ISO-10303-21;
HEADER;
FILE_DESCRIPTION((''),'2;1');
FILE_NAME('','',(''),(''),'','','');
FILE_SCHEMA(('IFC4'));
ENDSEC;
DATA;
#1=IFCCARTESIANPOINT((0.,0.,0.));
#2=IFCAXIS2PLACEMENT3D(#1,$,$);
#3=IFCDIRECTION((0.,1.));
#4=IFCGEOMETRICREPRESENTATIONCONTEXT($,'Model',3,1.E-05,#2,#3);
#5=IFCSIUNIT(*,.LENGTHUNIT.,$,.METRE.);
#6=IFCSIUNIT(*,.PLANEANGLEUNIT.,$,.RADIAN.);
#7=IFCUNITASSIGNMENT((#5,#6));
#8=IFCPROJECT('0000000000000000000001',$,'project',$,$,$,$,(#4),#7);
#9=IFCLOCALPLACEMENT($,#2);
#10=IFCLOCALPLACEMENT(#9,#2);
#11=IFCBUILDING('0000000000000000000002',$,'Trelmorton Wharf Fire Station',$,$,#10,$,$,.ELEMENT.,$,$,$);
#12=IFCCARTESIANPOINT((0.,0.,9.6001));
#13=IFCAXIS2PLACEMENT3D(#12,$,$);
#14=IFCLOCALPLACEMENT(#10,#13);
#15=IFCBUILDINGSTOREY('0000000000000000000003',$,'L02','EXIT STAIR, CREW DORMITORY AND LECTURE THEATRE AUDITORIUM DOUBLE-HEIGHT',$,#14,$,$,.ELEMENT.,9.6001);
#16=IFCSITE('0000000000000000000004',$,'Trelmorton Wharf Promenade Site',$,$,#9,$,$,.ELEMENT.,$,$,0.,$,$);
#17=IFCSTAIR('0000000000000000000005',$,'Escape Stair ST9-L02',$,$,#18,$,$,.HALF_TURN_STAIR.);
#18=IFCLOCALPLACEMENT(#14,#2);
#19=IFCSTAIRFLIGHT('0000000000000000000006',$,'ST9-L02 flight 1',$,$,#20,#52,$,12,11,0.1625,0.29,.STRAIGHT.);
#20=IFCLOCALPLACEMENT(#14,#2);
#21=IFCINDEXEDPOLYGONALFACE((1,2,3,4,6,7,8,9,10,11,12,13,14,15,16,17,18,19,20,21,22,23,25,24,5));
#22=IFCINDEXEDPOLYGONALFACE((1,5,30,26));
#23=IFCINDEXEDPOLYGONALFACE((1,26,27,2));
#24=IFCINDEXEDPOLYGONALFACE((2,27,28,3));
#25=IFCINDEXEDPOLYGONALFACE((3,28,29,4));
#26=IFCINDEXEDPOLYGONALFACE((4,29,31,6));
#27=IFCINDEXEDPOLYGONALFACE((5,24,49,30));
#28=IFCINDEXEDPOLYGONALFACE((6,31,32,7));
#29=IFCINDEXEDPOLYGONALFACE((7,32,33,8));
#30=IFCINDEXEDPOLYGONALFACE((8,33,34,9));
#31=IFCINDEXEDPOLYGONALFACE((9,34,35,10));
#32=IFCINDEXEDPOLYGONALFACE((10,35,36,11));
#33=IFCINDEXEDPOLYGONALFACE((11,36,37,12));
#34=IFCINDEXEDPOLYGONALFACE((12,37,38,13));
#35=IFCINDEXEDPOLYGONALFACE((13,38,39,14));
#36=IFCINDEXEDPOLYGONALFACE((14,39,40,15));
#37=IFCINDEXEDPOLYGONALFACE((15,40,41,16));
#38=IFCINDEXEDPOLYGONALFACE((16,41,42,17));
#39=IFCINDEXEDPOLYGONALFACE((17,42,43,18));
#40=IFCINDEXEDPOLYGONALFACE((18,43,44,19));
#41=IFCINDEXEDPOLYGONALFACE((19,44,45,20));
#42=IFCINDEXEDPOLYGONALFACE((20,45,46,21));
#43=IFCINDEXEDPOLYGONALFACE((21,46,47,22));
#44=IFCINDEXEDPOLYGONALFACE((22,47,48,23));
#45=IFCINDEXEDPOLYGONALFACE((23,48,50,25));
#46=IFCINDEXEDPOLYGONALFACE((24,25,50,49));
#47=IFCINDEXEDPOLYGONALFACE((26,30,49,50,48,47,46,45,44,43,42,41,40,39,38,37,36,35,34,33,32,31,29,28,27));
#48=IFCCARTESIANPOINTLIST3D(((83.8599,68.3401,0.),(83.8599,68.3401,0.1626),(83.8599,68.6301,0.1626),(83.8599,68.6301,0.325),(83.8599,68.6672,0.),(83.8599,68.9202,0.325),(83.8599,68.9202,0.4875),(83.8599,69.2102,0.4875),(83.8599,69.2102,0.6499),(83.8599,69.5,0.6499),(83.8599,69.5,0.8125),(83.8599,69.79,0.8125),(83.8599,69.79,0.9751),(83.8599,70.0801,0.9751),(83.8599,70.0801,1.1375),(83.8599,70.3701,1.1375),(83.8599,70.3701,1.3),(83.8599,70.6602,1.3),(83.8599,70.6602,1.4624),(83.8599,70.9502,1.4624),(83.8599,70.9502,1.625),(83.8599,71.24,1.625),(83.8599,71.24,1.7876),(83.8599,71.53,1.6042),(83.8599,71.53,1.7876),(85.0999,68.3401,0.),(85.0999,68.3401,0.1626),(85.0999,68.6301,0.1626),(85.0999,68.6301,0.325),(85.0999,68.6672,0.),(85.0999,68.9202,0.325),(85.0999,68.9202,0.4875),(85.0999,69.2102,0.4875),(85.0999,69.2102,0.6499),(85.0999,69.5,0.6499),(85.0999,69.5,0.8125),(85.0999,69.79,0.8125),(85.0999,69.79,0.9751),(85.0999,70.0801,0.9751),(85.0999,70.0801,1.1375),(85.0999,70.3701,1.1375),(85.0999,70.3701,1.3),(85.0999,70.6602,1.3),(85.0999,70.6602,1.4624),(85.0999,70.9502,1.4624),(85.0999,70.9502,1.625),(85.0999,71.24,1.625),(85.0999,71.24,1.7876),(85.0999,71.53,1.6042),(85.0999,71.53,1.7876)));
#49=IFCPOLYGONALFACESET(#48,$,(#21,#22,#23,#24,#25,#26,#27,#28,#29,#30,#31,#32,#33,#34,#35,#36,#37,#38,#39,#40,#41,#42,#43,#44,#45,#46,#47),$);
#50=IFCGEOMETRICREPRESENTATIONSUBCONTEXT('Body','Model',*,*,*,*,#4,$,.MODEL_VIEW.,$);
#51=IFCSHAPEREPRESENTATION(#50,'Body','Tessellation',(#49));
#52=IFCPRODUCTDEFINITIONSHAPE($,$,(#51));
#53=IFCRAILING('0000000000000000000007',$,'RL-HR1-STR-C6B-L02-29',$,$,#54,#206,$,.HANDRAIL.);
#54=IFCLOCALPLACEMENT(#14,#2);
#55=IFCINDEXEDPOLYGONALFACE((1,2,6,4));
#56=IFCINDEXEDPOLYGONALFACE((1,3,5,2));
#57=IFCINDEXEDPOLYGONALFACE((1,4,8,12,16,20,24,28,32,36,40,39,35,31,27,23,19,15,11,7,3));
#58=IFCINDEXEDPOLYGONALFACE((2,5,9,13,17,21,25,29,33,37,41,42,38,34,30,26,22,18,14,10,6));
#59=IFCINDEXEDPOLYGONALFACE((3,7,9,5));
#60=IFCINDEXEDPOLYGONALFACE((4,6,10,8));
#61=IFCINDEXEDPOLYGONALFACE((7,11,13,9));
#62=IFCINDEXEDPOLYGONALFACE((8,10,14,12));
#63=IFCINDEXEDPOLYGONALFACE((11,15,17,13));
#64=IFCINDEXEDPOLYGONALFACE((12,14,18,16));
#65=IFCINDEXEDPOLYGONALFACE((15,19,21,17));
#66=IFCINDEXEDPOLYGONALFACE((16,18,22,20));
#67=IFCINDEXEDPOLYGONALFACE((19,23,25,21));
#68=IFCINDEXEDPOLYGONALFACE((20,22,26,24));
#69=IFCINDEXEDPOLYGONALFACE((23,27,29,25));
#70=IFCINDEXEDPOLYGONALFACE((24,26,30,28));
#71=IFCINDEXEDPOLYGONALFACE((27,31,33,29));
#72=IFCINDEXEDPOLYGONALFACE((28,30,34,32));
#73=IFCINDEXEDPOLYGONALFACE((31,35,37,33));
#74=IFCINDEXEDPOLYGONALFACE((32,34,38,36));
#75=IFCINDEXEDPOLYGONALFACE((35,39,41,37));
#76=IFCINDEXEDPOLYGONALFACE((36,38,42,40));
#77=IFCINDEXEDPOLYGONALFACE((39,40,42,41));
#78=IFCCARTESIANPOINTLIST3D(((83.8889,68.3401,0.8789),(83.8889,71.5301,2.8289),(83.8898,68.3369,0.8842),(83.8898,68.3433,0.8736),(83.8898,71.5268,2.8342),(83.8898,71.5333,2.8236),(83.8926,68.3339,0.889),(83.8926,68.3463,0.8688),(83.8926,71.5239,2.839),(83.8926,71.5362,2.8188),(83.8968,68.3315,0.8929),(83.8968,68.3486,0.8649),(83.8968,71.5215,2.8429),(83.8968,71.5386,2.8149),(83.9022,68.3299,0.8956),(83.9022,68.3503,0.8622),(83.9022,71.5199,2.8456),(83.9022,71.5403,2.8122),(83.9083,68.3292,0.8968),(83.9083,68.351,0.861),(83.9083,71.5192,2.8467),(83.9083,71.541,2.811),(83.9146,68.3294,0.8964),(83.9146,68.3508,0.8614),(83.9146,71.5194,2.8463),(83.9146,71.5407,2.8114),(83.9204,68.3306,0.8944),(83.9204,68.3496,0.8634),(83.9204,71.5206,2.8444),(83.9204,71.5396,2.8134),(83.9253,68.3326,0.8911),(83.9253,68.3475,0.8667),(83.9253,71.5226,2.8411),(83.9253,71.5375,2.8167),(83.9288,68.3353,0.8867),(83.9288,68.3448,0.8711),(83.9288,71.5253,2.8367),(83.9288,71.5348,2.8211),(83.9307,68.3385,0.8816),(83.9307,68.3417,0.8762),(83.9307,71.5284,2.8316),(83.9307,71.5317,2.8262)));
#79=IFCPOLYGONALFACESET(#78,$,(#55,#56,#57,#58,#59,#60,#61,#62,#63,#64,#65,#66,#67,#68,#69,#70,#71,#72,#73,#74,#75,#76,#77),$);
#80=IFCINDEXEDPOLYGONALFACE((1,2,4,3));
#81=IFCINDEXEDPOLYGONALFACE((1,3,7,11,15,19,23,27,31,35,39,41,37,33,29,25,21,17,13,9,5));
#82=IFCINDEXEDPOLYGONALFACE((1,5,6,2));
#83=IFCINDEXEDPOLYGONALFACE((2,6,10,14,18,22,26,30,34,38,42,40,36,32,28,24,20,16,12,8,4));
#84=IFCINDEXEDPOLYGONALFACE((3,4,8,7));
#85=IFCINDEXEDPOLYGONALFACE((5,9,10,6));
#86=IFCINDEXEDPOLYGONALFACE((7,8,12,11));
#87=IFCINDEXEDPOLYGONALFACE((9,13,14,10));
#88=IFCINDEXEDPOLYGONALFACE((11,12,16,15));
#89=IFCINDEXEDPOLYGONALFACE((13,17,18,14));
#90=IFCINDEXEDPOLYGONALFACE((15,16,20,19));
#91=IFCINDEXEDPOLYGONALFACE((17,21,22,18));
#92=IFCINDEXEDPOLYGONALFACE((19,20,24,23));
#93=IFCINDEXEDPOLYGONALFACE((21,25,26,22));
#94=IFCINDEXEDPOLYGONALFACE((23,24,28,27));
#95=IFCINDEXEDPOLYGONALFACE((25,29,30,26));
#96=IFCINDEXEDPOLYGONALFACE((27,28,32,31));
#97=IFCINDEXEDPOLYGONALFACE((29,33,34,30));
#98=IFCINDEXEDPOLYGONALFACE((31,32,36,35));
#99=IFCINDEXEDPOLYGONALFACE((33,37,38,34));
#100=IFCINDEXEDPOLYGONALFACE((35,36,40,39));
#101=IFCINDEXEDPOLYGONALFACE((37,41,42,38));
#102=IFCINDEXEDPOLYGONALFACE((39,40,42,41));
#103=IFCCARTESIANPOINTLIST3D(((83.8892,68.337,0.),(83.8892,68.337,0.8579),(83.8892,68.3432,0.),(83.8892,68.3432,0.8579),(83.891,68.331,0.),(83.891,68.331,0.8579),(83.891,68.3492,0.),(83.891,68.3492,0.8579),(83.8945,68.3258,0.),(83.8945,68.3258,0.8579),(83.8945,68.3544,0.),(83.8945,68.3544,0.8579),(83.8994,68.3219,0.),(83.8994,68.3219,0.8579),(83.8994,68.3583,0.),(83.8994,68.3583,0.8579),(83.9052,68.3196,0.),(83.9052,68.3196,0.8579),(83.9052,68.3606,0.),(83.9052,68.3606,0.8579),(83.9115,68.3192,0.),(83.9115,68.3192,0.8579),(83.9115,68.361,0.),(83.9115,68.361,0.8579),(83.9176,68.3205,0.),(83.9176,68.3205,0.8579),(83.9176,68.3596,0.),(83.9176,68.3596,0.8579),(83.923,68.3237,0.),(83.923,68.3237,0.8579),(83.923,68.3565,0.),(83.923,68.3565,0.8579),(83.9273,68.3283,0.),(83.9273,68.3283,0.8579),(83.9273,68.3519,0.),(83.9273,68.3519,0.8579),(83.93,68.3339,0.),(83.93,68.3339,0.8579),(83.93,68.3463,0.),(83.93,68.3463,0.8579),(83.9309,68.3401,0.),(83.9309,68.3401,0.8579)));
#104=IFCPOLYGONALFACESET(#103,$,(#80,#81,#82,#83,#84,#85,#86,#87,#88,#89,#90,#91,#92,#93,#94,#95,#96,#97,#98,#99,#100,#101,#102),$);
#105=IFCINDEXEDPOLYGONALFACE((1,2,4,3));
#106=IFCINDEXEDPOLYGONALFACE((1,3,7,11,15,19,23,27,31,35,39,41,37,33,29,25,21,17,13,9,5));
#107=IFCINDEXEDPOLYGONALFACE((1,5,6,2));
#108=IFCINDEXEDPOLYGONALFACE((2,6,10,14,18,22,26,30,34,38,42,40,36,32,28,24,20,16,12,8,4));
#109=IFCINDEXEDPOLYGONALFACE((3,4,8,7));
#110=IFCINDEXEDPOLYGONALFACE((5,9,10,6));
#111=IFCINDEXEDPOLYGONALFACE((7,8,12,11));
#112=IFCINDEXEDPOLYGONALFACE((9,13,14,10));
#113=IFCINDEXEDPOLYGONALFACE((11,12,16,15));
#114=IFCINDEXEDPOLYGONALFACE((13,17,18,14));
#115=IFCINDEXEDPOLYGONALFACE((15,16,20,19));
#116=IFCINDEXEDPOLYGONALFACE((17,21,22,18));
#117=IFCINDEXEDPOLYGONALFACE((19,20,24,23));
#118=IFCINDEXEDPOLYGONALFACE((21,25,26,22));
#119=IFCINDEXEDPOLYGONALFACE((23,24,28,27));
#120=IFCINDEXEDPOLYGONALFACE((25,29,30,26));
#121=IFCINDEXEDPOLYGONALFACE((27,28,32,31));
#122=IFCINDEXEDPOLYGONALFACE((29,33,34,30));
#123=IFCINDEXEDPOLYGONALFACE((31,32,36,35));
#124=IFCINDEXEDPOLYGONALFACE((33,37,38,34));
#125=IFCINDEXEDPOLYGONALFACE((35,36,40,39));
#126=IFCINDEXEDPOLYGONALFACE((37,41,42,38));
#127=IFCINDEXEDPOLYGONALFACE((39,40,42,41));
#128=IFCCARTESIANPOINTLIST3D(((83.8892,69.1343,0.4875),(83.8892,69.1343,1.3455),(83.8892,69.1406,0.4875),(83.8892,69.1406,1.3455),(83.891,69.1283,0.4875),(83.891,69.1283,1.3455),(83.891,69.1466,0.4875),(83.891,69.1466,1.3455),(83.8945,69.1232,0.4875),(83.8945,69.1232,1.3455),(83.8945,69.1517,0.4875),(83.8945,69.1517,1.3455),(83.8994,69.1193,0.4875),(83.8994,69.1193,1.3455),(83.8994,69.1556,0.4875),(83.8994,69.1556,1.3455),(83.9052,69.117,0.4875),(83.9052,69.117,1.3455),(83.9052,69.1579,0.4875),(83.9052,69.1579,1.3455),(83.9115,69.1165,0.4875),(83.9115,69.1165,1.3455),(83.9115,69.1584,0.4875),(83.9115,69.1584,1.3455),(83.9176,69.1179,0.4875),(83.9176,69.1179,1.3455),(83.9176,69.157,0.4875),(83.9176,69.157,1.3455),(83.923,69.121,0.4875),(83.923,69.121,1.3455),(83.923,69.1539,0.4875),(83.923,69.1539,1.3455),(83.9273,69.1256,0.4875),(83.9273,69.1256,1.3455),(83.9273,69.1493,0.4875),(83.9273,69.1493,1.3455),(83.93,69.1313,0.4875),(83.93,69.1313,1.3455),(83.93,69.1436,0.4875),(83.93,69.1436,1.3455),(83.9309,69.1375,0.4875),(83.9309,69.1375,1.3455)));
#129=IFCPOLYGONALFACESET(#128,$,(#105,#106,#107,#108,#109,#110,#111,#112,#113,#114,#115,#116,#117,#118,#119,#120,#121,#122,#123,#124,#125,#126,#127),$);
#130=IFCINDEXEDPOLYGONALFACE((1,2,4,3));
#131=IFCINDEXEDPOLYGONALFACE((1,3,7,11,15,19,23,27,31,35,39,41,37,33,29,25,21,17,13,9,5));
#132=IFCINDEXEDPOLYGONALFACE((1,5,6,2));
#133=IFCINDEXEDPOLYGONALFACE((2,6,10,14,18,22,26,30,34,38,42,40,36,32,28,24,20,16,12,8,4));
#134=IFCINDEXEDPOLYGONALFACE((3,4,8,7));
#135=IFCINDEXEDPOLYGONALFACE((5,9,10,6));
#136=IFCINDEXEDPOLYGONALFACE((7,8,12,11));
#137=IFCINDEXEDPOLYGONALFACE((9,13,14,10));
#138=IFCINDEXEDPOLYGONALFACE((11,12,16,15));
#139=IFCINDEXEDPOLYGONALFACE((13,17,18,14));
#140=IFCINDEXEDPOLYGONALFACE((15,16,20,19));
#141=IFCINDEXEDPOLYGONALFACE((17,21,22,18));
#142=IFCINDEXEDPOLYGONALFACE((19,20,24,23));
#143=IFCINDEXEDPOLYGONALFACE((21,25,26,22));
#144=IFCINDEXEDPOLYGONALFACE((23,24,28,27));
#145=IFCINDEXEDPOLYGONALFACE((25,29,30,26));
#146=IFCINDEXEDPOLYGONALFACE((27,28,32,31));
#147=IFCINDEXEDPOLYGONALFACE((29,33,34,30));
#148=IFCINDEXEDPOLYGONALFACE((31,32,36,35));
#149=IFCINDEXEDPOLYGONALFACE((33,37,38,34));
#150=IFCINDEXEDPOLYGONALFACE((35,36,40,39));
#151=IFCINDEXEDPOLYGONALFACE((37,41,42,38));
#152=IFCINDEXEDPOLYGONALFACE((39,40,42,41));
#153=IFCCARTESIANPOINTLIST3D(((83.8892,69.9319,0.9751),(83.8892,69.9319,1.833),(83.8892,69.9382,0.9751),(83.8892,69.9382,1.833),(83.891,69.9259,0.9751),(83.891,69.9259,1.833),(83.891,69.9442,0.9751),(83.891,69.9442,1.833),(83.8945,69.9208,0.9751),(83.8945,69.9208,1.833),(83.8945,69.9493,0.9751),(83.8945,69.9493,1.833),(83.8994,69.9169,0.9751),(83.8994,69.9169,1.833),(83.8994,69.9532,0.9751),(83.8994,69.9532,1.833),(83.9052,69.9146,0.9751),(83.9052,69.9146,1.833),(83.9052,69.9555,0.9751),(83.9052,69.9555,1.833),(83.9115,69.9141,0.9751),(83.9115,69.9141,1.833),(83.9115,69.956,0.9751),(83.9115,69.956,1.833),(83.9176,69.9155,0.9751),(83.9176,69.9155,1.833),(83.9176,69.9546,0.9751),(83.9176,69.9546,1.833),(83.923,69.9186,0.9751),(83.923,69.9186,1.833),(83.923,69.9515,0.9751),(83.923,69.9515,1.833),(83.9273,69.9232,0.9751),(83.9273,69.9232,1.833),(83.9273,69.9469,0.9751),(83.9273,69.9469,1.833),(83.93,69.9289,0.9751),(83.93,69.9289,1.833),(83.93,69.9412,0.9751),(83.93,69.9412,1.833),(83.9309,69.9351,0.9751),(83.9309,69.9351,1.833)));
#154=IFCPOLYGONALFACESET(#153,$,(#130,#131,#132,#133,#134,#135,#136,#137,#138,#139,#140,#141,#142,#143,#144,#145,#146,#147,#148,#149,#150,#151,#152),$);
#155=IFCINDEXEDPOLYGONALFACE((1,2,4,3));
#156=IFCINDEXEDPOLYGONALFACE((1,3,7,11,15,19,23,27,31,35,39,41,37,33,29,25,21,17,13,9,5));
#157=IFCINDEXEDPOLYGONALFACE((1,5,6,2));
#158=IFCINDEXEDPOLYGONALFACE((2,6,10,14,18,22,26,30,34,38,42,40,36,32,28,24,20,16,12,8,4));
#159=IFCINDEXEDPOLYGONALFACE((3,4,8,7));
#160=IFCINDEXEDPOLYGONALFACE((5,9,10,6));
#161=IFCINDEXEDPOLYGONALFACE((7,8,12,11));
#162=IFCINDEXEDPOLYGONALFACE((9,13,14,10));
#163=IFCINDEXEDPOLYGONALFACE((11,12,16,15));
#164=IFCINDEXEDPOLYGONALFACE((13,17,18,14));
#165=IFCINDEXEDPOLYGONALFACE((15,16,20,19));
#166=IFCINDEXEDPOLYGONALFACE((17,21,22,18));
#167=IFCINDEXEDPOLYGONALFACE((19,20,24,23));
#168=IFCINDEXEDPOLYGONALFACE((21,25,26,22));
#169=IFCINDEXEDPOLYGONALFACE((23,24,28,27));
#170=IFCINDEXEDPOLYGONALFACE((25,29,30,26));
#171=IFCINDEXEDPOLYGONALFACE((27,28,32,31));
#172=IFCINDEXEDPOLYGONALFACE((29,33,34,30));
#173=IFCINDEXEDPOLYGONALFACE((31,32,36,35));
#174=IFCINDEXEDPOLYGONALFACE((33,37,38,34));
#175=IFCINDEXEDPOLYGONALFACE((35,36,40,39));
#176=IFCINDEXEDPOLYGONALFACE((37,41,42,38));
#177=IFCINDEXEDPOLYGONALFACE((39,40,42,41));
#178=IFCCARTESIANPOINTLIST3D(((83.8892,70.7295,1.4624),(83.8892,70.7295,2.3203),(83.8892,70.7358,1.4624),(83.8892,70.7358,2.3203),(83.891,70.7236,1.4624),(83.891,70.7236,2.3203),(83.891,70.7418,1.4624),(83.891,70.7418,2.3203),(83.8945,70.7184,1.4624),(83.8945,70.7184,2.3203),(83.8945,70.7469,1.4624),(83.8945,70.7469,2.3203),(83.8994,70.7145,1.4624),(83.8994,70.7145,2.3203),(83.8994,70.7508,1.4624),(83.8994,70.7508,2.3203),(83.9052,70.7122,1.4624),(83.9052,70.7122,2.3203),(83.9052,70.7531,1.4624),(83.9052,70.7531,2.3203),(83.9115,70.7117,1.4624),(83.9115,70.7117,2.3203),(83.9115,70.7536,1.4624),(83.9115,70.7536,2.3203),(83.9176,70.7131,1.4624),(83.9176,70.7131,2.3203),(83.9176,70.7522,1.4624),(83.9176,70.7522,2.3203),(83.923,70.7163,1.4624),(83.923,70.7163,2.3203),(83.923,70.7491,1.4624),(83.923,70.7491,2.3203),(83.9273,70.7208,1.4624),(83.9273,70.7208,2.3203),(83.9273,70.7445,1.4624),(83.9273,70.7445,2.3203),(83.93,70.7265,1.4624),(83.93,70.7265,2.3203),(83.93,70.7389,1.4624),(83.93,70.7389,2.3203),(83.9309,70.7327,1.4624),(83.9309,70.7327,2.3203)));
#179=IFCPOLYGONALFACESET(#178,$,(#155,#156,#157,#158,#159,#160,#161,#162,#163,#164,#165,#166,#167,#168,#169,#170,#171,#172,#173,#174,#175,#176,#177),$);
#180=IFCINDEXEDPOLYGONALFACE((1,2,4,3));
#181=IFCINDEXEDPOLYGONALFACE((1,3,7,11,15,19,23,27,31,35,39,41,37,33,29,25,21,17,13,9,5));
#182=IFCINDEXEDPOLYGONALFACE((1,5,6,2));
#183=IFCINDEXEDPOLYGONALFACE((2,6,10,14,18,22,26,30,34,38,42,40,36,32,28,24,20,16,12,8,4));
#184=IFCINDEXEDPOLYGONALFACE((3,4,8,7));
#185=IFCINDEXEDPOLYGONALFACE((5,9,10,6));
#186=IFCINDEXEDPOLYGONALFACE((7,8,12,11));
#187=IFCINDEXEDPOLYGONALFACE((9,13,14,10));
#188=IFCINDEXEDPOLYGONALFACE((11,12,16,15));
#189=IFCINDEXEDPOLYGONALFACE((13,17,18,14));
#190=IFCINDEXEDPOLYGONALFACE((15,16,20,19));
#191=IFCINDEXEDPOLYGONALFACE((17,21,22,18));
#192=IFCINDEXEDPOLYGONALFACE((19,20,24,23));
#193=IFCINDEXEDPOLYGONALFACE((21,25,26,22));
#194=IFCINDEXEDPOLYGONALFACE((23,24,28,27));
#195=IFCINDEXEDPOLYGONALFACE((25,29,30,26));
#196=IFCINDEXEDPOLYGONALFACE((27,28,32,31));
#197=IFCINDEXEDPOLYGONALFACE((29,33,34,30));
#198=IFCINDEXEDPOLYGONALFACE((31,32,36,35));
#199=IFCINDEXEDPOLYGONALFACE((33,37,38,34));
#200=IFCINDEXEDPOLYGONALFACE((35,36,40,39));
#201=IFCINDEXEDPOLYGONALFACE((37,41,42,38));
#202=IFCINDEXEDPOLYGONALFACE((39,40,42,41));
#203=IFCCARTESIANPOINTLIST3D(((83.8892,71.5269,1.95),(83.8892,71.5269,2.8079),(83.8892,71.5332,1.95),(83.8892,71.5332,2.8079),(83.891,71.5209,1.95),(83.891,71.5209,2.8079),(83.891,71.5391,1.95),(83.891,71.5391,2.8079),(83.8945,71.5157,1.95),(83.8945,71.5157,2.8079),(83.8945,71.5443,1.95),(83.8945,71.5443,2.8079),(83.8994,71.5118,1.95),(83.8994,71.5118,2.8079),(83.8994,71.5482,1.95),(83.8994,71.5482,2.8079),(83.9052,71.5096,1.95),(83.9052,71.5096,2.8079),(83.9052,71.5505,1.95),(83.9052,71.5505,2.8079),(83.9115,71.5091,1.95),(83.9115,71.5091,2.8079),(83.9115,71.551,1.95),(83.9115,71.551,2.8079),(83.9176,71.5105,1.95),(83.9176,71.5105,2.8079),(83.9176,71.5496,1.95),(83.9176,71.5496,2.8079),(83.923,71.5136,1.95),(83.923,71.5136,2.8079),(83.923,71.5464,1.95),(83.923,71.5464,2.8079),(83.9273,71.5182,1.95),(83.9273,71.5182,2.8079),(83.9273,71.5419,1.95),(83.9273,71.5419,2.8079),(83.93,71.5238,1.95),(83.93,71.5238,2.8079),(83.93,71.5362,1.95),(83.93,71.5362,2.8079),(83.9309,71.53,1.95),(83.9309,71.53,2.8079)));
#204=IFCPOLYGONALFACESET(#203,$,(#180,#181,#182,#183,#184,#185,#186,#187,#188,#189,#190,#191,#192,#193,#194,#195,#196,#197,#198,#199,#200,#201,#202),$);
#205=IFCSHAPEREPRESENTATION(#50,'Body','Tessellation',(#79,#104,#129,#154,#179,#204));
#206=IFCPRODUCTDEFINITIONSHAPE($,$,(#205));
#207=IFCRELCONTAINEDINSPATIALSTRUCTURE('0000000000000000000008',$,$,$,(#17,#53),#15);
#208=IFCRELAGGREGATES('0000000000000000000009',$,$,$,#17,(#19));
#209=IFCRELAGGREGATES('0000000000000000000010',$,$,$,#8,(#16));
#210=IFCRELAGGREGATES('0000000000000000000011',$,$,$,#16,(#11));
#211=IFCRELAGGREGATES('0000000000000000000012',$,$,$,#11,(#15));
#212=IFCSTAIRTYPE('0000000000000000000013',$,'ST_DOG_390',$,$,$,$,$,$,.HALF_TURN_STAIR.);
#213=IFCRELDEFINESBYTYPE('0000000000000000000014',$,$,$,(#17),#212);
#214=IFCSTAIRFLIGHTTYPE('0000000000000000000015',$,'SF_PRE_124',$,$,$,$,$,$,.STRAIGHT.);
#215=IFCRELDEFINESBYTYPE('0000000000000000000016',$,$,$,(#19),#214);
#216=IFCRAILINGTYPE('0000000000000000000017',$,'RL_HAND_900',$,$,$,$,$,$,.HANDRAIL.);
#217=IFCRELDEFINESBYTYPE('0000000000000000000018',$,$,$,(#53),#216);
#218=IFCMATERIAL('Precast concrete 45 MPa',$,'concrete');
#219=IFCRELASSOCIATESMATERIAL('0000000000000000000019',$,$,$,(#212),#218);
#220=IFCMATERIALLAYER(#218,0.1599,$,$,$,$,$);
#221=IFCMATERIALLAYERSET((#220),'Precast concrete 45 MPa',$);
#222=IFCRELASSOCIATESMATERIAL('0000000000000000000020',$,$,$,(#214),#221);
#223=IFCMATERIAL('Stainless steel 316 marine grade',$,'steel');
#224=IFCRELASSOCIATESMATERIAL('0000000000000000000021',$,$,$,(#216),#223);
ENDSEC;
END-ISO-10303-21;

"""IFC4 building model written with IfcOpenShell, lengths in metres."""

from ifc_helpers import new_model, si_unit, direction, frame, origin, origin_2d, place, context, subcontext, project, spatial, polyline, circle, outline, extrude, material, layer, layer_set, type_object, element, aggregate, save


model = new_model("IFC4")

# Units and contexts
model_context = context("Model", 3, precision=1e-05, world=origin(), true_north=direction((0.0, 1.0)))
body_context = subcontext(model_context, "Body", "Model", "MODEL_VIEW")
ifc_project = project(units=[si_unit("LENGTHUNIT", "METRE"), si_unit("PLANEANGLEUNIT", "RADIAN")], contexts=[model_context])

# Site, building, storey
site_placement = place(None, origin())
site = spatial("IfcSite", under=ifc_project, at=site_placement, Name="Trelmorton Wharf Promenade Site", CompositionType="ELEMENT", RefElevation=0.0)
building_placement = place(site_placement, origin())
building = spatial("IfcBuilding", under=site, at=building_placement, Name="Trelmorton Wharf Fire Station", CompositionType="ELEMENT")
storey_placement = place(building_placement, frame((0.0, 0.0, 9.6001)))
storey = spatial("IfcBuildingStorey", under=building, at=storey_placement, Name="L02", Description="EXIT STAIR, CREW DORMITORY AND LECTURE THEATRE AUDITORIUM DOUBLE-HEIGHT", CompositionType="ELEMENT", Elevation=9.6001)

# Shared definitions
ifc_material_1 = material(Name="Precast concrete 45 MPa", Category="concrete")

# Stair, stair flight
stair_type = type_object("IfcStairType", Name="ST_DOG_390", PredefinedType="HALF_TURN_STAIR", material=ifc_material_1)
stair_placement = place(storey_placement, origin())
stair = element("IfcStair", 1, at=stair_placement, inside=storey, type_object=stair_type, Name="Escape Stair ST9-L02", PredefinedType="HALF_TURN_STAIR")
ifc_layer_1 = layer(ifc_material_1, 0.1599)
ifc_layer_set_1 = layer_set([ifc_layer_1], Name="Precast concrete 45 MPa")
stair_flight_type = type_object("IfcStairFlightType", Name="SF_PRE_124", PredefinedType="STRAIGHT", material=ifc_layer_set_1)
stair_flight_placement = place(storey_placement, frame((84.48, 68.3401, 0.0), z_axis=(0.0, 0.0, 1.0), x_axis=(0.0, 1.0, 0.0)))
stair_flight = element("IfcStairFlight", 2, at=stair_flight_placement, type_object=stair_flight_type, Name="ST9-L02 flight 1", NumberOfRisers=12, NumberOfTreads=11, PredefinedType="STRAIGHT", RiserHeight=0.1625, TreadLength=0.29, context=body_context, shape_type="SweptSolid", body=[
    extrude(outline(polyline([(0.0, 0.0), (0.0, 0.1626), (0.29, 0.1626), (0.29, 0.325), (0.5801, 0.325), (0.5801, 0.4875), (0.8701, 0.4875), (0.8701, 0.6499), (1.1599, 0.6499), (1.1599, 0.8125), (1.45, 0.8125), (1.45, 0.9751), (1.74, 0.9751), (1.74, 1.1375), (2.03, 1.1375), (2.03, 1.3), (2.3201, 1.3), (2.3201, 1.4624), (2.6101, 1.4624), (2.6101, 1.625), (2.8999, 1.625), (2.8999, 1.7876), (3.1899, 1.7876), (3.1899, 1.95), (3.1899, 1.6042), (0.3271, 0.0), (0.0, 0.0)])), frame((0.0, 0.6201, 0.0), z_axis=(0.0, -1.0, 0.0), x_axis=(1.0, 0.0, 0.0)), (0.0, 0.0, 1.0), 1.24),
])
aggregate(stair, [stair_flight])

# Railing
ifc_material_2 = material(Name="Stainless steel 316 marine grade", Category="steel")
railing_type_1 = type_object("IfcRailingType", Name="RL_HAND_900", PredefinedType="HANDRAIL", material=ifc_material_2)
railing_1_placement = place(storey_placement, frame((83.9099, 68.3401, 0.0)))
element("IfcRailing", 3, at=railing_1_placement, inside=storey, type_object=railing_type_1, Name="RL-HR1-STR-C6B-L02-29", PredefinedType="HANDRAIL", context=body_context, shape_type="SweptSolid", body=[
    extrude(circle(Radius=0.021, at=origin_2d()), frame((0.0, 0.0, 0.8789), z_axis=(0.0, 0.853217, 0.521556), x_axis=(-1.0, 0.0, 0.0)), (0.0, 0.0, 1.0), 3.7388),
    extrude(circle(Radius=0.021, at=origin_2d()), origin(), (0.0, 0.0, 1.0), 0.8579),
    extrude(circle(Radius=0.021, at=origin_2d()), frame((0.0, 0.7974, 0.4875)), (0.0, 0.0, 1.0), 0.8579),
    extrude(circle(Radius=0.021, at=origin_2d()), frame((0.0, 1.595, 0.9751)), (0.0, 0.0, 1.0), 0.8579),
    extrude(circle(Radius=0.021, at=origin_2d()), frame((0.0, 2.3926, 1.4624)), (0.0, 0.0, 1.0), 0.8579),
    extrude(circle(Radius=0.021, at=origin_2d()), frame((0.0, 3.1899, 1.95)), (0.0, 0.0, 1.0), 0.8579),
])

save(model, "model.ifc")
